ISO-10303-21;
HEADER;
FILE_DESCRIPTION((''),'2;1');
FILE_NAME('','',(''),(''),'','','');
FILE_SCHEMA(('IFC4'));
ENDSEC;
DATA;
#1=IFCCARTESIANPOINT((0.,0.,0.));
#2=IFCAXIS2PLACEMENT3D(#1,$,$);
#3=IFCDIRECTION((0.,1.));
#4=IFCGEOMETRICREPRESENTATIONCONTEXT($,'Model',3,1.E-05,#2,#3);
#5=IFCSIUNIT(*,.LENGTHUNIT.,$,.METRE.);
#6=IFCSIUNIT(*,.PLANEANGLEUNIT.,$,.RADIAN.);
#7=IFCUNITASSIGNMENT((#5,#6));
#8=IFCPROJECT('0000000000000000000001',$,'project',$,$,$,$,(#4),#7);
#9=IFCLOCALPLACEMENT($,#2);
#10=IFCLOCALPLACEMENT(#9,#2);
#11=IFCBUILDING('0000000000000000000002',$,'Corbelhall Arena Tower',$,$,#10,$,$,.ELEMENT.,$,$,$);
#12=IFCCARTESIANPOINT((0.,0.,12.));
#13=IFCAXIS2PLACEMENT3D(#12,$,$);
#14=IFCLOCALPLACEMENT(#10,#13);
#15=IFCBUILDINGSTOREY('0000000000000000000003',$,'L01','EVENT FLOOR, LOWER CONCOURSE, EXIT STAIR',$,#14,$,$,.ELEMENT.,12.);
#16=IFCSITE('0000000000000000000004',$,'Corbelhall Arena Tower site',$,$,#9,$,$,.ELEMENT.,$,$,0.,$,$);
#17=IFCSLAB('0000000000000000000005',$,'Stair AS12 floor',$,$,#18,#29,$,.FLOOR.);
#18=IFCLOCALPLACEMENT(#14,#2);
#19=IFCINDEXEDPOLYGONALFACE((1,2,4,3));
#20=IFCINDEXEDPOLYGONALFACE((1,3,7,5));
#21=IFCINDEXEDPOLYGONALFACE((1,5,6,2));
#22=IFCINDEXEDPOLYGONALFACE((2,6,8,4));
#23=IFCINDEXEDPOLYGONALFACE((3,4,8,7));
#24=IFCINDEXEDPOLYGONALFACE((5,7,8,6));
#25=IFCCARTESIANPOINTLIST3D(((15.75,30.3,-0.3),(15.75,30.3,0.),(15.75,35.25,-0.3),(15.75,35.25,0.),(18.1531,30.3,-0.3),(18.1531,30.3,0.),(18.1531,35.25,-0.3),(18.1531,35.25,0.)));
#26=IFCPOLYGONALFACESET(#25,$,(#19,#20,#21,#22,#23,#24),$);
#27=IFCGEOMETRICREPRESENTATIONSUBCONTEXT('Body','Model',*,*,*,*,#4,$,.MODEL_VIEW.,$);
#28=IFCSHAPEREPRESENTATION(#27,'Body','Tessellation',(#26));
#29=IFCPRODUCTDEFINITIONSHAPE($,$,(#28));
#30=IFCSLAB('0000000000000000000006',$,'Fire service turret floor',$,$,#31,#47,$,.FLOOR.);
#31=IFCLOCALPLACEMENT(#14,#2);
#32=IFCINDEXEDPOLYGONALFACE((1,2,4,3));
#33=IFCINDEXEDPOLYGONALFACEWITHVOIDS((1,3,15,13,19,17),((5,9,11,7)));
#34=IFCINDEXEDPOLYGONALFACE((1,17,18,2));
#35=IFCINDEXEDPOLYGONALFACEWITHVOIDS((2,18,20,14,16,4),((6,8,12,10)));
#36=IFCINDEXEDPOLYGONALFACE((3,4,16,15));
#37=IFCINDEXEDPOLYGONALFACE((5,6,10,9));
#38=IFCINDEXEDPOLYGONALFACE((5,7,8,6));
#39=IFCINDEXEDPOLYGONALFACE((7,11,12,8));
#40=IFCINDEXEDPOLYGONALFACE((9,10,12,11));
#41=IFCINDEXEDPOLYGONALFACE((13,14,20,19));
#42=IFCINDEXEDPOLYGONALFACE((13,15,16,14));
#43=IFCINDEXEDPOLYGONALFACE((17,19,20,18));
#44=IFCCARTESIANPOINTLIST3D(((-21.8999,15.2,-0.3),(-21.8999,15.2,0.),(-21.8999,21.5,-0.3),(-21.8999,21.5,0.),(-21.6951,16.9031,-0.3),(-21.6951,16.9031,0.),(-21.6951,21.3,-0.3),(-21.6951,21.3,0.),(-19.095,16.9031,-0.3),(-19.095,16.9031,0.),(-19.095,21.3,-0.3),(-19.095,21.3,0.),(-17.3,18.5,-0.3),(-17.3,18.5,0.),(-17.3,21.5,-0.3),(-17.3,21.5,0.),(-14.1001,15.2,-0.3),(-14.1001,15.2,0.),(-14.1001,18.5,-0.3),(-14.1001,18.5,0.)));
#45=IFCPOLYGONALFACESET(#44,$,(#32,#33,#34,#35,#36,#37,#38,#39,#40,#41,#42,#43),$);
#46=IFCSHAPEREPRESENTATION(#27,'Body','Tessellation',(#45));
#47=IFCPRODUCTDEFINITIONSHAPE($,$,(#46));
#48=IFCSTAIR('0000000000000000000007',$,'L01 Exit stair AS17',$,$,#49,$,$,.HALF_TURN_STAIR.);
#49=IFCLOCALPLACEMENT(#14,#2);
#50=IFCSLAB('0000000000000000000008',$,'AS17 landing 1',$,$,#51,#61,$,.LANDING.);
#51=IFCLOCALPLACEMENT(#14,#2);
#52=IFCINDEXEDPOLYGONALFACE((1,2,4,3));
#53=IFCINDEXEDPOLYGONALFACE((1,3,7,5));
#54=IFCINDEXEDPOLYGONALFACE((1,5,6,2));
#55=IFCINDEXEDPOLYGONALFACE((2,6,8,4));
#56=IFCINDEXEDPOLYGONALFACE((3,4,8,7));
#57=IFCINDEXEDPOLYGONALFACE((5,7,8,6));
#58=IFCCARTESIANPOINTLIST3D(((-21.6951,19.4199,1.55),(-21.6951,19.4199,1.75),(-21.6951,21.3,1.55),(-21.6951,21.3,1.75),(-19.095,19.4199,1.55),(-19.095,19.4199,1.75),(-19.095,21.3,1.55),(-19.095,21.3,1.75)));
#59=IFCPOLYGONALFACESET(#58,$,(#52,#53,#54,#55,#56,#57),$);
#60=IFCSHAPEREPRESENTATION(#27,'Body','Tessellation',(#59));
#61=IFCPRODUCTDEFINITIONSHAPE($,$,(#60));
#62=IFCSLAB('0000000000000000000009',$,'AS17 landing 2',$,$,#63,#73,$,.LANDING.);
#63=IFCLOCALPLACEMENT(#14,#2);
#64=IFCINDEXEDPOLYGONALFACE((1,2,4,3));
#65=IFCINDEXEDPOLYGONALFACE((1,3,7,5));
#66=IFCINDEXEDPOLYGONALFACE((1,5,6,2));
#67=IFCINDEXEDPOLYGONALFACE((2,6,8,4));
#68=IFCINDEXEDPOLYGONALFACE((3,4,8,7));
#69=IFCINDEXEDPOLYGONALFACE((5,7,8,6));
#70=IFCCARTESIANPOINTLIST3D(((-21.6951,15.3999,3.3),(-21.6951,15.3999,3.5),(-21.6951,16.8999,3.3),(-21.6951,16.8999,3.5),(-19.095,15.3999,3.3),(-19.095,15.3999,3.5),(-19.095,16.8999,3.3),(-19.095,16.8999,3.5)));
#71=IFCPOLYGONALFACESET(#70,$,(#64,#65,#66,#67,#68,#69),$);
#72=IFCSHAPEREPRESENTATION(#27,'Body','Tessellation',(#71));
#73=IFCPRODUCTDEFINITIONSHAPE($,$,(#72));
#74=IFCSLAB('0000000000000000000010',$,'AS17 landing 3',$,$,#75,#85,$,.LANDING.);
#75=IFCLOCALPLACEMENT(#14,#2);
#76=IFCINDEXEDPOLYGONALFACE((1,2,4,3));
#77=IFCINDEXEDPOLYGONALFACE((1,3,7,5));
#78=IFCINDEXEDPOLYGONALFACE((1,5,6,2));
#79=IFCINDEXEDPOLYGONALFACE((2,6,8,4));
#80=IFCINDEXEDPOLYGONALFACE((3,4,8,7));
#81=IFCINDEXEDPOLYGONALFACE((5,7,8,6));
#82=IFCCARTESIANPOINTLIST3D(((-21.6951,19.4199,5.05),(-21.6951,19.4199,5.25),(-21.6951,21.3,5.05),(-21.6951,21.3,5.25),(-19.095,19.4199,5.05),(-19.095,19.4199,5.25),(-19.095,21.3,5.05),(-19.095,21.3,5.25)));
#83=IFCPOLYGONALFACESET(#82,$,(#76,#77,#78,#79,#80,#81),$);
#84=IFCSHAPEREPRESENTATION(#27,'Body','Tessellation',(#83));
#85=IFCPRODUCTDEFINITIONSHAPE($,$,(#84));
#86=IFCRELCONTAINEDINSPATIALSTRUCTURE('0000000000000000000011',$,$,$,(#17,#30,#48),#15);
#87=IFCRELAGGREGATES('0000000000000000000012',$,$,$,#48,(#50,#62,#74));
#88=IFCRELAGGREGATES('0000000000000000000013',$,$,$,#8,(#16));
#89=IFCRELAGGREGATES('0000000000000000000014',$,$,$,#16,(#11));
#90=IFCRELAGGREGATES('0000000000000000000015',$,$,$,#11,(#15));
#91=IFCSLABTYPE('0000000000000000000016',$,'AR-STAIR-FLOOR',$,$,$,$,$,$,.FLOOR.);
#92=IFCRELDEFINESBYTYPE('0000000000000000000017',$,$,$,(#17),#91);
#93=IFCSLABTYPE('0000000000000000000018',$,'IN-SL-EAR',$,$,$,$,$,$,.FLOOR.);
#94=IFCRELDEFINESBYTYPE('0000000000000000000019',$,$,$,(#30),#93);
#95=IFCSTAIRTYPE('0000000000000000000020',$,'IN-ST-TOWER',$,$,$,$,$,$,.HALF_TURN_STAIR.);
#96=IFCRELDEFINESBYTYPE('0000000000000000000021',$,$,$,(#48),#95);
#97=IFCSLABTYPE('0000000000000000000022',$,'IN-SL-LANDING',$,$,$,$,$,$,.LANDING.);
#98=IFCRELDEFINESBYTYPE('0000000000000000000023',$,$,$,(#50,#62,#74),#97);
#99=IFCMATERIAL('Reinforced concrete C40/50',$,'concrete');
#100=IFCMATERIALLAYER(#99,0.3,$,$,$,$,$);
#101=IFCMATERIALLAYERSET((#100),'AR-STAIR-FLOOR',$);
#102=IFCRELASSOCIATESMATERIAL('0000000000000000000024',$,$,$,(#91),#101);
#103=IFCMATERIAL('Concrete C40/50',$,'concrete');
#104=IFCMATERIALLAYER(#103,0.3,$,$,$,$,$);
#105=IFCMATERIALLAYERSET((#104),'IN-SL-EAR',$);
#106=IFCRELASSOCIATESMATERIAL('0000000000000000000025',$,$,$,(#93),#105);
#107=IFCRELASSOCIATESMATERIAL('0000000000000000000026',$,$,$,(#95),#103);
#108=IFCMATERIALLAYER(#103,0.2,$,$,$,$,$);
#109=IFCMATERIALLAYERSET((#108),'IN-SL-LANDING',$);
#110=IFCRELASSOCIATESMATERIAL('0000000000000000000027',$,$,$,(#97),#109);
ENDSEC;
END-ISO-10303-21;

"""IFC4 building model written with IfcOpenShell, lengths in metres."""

from ifc_helpers import new_model, si_unit, direction, frame, origin, place, context, subcontext, project, spatial, polyline, outline, extrude, material, layer, layer_set, type_object, element, aggregate, save


model = new_model("IFC4")

# Units and contexts
model_context = context("Model", 3, precision=1e-05, world=origin(), true_north=direction((0.0, 1.0)))
body_context = subcontext(model_context, "Body", "Model", "MODEL_VIEW")
ifc_project = project(units=[si_unit("LENGTHUNIT", "METRE"), si_unit("PLANEANGLEUNIT", "RADIAN")], contexts=[model_context])

# Site, building, storey
site_placement = place(None, origin())
site = spatial("IfcSite", under=ifc_project, at=site_placement, Name="Corbelhall Arena Tower site", CompositionType="ELEMENT", RefElevation=0.0)
building_placement = place(site_placement, origin())
building = spatial("IfcBuilding", under=site, at=building_placement, Name="Corbelhall Arena Tower", CompositionType="ELEMENT")
storey_placement = place(building_placement, frame((0.0, 0.0, 12.0)))
storey = spatial("IfcBuildingStorey", under=building, at=storey_placement, Name="L01", Description="EVENT FLOOR, LOWER CONCOURSE, EXIT STAIR", CompositionType="ELEMENT", Elevation=12.0)

# Shared definitions
ifc_material_1 = material(Name="Reinforced concrete C40/50", Category="concrete")

# Slabs
ifc_layer_1 = layer(ifc_material_1, 0.3)
ifc_layer_set_1 = layer_set([ifc_layer_1], Name="AR-STAIR-FLOOR")
slab_type_1 = type_object("IfcSlabType", Name="AR-STAIR-FLOOR", PredefinedType="FLOOR", material=ifc_layer_set_1)
slab_1_placement = place(storey_placement, frame((0.0, 0.0, -0.3)))
element("IfcSlab", 1, at=slab_1_placement, inside=storey, type_object=slab_type_1, Name="Stair AS12 floor", PredefinedType="FLOOR", context=body_context, shape_type="SweptSolid", body=[
    extrude(outline(polyline([(15.75, 30.3), (15.75, 35.25), (18.1531, 35.25), (18.1531, 30.3), (15.75, 30.3)])), origin(), (0.0, 0.0, 1.0), 0.3),
])
ifc_material_2 = material(Name="Concrete C40/50", Category="concrete")
ifc_layer_2 = layer(ifc_material_2, 0.3)
ifc_layer_set_2 = layer_set([ifc_layer_2], Name="IN-SL-EAR")
slab_type_2 = type_object("IfcSlabType", Name="IN-SL-EAR", PredefinedType="FLOOR", material=ifc_layer_set_2)
slab_2_placement = place(storey_placement, frame((0.0, 0.0, -0.3)))
element("IfcSlab", 2, at=slab_2_placement, inside=storey, type_object=slab_type_2, Name="Fire service turret floor", PredefinedType="FLOOR", context=body_context, shape_type="SweptSolid", body=[
    extrude(outline(polyline([(-21.8999, 15.2), (-14.1001, 15.2), (-14.1001, 18.5), (-17.3, 18.5), (-17.3, 21.5), (-21.8999, 21.5), (-21.8999, 15.2)]), holes=[polyline([(-19.095, 21.3), (-21.6951, 21.3), (-21.6951, 16.9031), (-19.095, 16.9031), (-19.095, 21.3)])]), origin(), (0.0, 0.0, 1.0), 0.3),
])

# Stair, slabs
stair_type_1 = type_object("IfcStairType", Name="IN-ST-TOWER", PredefinedType="HALF_TURN_STAIR", material=ifc_material_2)
stair_1_placement = place(storey_placement, origin())
stair_1 = element("IfcStair", 3, at=stair_1_placement, inside=storey, type_object=stair_type_1, Name="L01 Exit stair AS17", PredefinedType="HALF_TURN_STAIR")
ifc_layer_3 = layer(ifc_material_2, 0.2)
ifc_layer_set_3 = layer_set([ifc_layer_3], Name="IN-SL-LANDING")
slab_type_3 = type_object("IfcSlabType", Name="IN-SL-LANDING", PredefinedType="LANDING", material=ifc_layer_set_3)
slab_3_placement = place(storey_placement, frame((0.0, 0.0, 1.55)))
slab_3 = element("IfcSlab", 4, at=slab_3_placement, type_object=slab_type_3, Name="AS17 landing 1", PredefinedType="LANDING", context=body_context, shape_type="SweptSolid", body=[
    extrude(outline(polyline([(-19.095, 19.4199), (-19.095, 21.3), (-21.6951, 21.3), (-21.6951, 19.4199), (-19.095, 19.4199)])), origin(), (0.0, 0.0, 1.0), 0.2),
])
slab_4_placement = place(storey_placement, frame((0.0, 0.0, 3.3)))
slab_4 = element("IfcSlab", 5, at=slab_4_placement, type_object=slab_type_3, Name="AS17 landing 2", PredefinedType="LANDING", context=body_context, shape_type="SweptSolid", body=[
    extrude(outline(polyline([(-19.095, 15.3999), (-19.095, 16.8999), (-21.6951, 16.8999), (-21.6951, 15.3999), (-19.095, 15.3999)])), origin(), (0.0, 0.0, 1.0), 0.2),
])
slab_5_placement = place(storey_placement, frame((0.0, 0.0, 5.05)))
slab_5 = element("IfcSlab", 6, at=slab_5_placement, type_object=slab_type_3, Name="AS17 landing 3", PredefinedType="LANDING", context=body_context, shape_type="SweptSolid", body=[
    extrude(outline(polyline([(-19.095, 19.4199), (-19.095, 21.3), (-21.6951, 21.3), (-21.6951, 19.4199), (-19.095, 19.4199)])), origin(), (0.0, 0.0, 1.0), 0.2),
])
aggregate(stair_1, [slab_3, slab_4, slab_5])

save(model, "model.ifc")
